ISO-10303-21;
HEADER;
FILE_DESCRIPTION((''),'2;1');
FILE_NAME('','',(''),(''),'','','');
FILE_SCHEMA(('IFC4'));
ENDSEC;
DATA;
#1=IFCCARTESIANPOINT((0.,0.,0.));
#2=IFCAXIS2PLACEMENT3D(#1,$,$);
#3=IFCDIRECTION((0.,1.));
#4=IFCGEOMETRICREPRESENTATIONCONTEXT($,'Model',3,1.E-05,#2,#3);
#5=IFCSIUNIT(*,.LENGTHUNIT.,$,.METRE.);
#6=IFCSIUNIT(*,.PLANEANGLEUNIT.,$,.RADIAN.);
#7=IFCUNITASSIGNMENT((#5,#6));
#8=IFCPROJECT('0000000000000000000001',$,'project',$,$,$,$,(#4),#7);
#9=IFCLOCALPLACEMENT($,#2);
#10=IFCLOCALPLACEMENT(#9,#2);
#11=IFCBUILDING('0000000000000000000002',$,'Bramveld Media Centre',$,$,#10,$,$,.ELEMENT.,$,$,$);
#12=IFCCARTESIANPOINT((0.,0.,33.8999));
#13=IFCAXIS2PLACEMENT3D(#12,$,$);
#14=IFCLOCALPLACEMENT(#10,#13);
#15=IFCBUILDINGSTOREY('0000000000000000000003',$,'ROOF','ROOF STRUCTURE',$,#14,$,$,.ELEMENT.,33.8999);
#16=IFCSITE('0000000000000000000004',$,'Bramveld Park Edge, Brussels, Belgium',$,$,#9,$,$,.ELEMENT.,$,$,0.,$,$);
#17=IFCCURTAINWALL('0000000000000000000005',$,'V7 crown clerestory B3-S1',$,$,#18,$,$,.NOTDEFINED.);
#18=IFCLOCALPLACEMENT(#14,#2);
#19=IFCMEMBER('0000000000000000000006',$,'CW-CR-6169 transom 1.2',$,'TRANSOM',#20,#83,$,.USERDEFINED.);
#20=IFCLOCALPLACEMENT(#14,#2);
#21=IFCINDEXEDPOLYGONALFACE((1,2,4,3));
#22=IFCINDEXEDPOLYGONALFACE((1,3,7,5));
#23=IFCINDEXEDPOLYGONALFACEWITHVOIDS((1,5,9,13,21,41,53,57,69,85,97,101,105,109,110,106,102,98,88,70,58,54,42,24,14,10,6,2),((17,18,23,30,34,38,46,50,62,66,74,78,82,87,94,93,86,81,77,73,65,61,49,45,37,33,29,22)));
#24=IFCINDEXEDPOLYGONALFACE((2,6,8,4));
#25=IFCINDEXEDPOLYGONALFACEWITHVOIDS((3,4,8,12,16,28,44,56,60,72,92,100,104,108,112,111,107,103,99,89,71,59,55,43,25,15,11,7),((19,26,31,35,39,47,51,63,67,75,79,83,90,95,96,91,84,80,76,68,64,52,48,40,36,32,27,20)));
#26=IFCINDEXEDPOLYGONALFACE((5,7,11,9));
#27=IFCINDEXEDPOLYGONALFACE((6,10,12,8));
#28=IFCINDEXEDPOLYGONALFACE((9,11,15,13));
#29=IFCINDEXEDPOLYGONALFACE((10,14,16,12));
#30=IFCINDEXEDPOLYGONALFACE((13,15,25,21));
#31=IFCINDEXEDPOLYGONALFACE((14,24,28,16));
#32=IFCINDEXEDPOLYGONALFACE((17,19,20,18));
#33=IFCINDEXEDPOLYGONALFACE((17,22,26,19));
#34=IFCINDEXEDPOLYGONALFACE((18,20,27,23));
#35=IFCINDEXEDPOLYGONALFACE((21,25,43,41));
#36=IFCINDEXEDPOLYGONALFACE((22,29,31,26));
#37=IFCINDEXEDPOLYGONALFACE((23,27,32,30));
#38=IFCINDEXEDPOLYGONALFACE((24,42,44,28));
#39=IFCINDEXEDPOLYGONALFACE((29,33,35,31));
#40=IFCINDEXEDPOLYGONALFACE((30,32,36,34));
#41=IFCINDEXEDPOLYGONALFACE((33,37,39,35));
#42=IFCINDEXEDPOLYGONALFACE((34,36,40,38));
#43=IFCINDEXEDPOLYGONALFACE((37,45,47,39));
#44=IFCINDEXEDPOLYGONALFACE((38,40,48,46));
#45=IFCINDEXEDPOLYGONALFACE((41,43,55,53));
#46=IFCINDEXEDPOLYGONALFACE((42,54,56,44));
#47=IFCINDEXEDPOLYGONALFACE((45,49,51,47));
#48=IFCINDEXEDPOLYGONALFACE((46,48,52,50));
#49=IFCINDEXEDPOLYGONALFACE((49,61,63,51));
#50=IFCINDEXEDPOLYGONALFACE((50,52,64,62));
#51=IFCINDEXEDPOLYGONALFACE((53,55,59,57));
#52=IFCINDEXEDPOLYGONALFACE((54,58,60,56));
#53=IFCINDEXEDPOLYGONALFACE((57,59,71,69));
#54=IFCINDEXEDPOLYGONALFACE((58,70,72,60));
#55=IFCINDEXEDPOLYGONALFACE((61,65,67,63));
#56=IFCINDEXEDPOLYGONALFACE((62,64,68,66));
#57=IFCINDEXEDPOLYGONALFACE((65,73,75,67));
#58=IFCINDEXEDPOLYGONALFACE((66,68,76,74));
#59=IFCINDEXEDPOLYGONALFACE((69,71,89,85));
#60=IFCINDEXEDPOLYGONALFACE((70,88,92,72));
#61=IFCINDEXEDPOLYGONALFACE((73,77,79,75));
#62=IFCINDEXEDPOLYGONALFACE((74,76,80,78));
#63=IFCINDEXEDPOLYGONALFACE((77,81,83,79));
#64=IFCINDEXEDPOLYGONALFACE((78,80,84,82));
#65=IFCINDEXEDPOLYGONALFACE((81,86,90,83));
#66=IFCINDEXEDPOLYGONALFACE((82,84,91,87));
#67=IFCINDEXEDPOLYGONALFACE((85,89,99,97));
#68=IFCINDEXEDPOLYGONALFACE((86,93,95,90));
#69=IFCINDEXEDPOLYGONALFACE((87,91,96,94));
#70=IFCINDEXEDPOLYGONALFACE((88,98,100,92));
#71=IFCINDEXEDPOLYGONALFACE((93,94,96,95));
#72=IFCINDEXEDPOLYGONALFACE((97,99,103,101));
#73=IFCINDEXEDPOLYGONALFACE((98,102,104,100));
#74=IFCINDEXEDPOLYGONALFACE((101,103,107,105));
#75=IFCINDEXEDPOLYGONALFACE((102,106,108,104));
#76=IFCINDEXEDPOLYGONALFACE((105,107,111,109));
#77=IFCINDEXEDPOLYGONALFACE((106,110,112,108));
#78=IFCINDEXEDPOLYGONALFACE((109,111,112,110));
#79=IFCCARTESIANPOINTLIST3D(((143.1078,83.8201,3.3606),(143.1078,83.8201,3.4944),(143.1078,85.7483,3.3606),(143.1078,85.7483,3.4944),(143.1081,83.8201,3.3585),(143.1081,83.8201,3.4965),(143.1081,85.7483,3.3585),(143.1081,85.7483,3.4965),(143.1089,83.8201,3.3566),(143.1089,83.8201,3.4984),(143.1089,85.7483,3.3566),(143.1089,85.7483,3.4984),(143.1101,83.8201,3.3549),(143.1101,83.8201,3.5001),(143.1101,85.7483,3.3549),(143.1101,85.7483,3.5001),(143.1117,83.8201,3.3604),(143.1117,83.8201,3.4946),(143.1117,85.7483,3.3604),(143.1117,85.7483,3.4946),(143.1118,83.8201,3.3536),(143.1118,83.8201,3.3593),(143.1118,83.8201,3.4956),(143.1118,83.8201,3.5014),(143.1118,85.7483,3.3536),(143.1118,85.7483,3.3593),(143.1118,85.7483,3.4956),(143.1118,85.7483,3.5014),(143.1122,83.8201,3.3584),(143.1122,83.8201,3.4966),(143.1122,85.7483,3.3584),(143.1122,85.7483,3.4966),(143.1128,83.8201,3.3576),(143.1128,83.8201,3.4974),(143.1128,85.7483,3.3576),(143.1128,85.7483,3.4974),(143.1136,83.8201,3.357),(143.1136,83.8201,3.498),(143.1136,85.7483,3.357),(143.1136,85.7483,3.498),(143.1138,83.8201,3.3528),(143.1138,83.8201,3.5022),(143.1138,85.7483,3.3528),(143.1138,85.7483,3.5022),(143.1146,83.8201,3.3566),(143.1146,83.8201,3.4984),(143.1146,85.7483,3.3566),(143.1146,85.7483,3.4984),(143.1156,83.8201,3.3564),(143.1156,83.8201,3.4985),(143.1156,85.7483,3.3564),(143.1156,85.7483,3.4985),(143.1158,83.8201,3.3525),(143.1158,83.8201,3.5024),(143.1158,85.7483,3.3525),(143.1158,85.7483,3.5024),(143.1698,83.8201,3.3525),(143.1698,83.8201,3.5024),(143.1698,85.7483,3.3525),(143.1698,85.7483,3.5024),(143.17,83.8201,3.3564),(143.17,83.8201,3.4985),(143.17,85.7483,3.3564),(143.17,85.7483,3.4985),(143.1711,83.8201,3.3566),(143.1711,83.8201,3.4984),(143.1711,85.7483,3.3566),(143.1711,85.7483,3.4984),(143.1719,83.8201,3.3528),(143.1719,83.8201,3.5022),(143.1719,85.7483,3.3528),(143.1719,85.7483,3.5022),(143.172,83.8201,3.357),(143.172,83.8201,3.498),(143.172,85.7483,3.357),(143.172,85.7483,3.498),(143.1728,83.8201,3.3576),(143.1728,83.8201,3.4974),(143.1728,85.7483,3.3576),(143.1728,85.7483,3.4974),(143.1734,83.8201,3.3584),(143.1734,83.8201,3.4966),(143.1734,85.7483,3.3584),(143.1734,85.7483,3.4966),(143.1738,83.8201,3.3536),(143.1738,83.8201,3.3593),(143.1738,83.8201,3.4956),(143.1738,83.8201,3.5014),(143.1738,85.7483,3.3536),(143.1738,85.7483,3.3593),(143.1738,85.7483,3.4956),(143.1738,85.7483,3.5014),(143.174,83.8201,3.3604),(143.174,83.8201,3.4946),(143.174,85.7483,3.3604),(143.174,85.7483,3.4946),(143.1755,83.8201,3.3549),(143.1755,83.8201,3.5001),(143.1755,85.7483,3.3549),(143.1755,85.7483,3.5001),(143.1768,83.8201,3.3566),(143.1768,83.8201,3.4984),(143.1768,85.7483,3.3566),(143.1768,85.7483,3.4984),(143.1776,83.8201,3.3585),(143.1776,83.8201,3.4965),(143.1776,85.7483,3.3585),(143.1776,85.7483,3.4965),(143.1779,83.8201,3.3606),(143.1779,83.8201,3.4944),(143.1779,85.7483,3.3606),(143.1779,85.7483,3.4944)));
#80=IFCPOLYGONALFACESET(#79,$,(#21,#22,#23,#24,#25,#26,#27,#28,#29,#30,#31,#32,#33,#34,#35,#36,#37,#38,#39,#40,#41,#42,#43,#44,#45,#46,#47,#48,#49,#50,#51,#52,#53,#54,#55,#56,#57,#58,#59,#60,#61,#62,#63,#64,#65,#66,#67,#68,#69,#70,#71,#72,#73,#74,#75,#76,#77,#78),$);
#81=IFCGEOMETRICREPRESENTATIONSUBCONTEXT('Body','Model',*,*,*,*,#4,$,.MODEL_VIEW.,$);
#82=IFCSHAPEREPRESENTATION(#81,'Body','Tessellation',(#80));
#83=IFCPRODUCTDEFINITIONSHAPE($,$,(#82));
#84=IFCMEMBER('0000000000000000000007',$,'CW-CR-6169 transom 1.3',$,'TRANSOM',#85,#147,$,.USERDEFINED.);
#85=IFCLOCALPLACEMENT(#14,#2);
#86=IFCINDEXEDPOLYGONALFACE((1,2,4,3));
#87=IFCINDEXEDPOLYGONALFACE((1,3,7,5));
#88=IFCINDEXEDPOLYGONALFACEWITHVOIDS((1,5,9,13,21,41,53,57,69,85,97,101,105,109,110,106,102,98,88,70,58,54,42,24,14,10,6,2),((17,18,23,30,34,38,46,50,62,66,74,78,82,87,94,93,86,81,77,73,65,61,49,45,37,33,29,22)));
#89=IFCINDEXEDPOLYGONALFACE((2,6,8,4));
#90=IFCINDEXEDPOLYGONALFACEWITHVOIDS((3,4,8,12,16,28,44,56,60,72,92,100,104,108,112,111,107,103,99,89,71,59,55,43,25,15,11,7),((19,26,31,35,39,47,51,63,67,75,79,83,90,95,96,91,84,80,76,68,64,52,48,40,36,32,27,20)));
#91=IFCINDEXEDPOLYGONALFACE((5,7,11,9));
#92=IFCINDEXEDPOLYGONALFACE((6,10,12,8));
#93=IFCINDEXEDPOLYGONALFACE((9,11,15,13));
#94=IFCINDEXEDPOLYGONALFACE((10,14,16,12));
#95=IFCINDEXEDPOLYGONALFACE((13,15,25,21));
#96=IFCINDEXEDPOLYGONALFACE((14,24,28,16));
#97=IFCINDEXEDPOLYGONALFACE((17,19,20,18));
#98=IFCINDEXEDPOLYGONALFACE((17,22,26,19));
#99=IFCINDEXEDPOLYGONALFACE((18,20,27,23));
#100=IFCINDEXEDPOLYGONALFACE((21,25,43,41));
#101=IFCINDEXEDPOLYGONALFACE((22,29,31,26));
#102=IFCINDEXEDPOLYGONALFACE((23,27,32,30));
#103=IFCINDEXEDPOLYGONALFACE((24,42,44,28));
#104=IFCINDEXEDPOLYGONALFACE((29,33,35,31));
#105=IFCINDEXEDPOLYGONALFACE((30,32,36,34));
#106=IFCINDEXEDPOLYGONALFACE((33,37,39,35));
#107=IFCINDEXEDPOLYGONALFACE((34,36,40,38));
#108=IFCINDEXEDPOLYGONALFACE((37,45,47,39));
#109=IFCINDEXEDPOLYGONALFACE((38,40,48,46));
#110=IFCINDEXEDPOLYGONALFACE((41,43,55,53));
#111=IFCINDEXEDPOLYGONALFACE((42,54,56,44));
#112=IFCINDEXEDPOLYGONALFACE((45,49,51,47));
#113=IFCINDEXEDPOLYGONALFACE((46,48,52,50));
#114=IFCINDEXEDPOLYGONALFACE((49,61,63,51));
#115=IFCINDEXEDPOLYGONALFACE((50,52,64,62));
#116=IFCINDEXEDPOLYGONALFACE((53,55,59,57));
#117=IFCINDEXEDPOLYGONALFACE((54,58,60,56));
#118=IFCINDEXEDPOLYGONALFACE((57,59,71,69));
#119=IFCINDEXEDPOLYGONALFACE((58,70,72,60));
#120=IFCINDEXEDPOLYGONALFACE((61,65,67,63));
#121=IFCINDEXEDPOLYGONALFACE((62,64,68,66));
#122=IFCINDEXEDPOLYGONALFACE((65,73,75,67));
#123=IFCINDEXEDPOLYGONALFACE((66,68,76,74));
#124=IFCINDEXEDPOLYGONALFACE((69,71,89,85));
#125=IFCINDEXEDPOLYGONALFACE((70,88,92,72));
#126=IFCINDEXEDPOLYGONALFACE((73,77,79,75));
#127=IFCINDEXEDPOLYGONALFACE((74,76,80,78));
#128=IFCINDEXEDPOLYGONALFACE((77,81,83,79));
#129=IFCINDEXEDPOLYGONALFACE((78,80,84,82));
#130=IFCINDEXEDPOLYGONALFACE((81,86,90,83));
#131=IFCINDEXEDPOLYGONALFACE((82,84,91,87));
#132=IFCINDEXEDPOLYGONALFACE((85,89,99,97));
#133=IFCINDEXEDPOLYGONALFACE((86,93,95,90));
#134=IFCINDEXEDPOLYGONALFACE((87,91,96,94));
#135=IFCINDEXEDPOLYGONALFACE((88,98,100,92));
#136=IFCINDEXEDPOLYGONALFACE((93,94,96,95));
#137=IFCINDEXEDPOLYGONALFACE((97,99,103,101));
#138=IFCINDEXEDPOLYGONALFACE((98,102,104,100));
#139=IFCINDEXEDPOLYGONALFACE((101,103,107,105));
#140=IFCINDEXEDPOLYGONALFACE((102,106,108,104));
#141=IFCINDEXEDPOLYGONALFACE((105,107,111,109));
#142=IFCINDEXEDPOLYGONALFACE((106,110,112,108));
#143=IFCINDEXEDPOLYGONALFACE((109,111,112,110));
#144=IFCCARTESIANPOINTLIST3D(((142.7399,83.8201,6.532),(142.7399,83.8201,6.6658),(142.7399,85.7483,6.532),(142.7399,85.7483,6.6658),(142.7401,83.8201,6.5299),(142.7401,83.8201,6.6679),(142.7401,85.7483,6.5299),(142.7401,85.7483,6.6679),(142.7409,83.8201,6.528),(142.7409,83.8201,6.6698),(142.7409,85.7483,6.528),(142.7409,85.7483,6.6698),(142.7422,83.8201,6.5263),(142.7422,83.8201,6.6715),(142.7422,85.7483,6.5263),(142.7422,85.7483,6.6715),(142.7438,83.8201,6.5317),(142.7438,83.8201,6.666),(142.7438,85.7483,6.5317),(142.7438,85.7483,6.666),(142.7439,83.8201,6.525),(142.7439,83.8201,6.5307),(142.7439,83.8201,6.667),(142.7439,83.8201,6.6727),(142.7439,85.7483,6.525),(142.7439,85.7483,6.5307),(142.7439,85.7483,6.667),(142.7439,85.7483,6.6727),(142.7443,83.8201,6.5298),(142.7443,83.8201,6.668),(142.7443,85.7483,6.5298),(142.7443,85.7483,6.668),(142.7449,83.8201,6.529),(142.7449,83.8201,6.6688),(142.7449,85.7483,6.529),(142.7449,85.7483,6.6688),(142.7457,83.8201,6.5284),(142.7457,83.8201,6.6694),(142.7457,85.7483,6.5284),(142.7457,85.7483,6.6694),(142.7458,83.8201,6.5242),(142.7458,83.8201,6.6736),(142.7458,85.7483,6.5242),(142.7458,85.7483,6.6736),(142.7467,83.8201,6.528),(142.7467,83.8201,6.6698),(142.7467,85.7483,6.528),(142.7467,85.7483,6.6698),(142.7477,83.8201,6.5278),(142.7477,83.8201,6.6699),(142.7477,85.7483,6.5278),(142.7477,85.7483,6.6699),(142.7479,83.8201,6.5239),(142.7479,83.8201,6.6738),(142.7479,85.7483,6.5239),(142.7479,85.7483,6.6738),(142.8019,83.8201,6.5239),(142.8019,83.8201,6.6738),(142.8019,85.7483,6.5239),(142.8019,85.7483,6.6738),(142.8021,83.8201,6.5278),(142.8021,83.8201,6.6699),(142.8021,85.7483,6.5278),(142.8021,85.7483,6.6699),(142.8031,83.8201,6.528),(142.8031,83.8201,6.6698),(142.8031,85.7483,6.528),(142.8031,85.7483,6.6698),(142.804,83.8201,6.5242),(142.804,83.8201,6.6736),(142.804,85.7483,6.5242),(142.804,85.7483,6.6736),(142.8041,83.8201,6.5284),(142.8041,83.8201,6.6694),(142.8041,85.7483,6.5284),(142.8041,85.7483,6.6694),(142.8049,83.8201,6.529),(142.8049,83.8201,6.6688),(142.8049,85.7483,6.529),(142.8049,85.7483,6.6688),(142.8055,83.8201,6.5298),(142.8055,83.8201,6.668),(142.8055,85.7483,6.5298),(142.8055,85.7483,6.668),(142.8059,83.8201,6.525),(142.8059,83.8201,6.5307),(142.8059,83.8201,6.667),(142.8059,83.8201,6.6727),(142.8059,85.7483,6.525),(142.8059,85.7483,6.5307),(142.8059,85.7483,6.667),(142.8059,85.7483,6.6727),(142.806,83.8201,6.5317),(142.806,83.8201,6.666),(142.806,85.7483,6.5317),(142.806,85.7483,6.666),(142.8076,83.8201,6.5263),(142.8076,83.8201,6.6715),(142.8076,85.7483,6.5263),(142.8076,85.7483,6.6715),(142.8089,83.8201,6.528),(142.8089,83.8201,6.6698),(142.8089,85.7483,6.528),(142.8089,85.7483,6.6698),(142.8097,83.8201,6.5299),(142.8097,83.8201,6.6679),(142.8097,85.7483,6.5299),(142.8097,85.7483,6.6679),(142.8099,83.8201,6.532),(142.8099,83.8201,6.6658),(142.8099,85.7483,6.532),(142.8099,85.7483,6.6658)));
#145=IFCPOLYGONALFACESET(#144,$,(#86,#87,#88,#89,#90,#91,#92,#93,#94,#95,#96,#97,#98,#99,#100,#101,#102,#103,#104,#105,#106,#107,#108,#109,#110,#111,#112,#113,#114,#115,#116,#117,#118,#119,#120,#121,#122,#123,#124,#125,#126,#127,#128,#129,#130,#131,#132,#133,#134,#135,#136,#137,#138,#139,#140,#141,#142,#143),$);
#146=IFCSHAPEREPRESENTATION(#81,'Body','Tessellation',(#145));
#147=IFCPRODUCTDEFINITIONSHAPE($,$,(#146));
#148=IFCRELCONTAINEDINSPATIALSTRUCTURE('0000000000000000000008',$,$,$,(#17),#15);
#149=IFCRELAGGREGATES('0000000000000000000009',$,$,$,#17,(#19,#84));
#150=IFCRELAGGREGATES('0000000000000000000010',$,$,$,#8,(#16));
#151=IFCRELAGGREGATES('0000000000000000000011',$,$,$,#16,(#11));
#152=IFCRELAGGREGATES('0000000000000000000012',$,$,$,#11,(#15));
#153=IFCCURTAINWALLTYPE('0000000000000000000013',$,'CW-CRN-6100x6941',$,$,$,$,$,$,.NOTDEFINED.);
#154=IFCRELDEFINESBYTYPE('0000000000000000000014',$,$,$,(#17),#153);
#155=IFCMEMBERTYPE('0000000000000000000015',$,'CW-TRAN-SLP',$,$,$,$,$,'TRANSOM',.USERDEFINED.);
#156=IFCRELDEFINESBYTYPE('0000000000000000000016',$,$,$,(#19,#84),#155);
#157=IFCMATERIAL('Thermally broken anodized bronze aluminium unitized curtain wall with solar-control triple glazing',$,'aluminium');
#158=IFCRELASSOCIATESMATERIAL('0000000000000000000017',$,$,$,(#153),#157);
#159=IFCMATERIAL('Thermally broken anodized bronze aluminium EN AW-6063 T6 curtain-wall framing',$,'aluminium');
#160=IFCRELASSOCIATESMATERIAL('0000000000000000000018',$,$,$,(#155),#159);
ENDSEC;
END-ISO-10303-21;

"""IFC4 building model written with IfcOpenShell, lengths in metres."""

from ifc_helpers import new_model, si_unit, direction, frame, origin, origin_2d, place, context, subcontext, project, spatial, hollow_rectangle, extrude, material, material_profile, profile_set, type_object, element, aggregate, save


model = new_model("IFC4")

# Units and contexts
model_context = context("Model", 3, precision=1e-05, world=origin(), true_north=direction((0.0, 1.0)))
body_context = subcontext(model_context, "Body", "Model", "MODEL_VIEW")
ifc_project = project(units=[si_unit("LENGTHUNIT", "METRE"), si_unit("PLANEANGLEUNIT", "RADIAN")], contexts=[model_context])

# Site, building, storey
site_placement = place(None, origin())
site = spatial("IfcSite", under=ifc_project, at=site_placement, Name="Bramveld Park Edge, Brussels, Belgium", CompositionType="ELEMENT", RefElevation=0.0)
building_placement = place(site_placement, origin())
building = spatial("IfcBuilding", under=site, at=building_placement, Name="Bramveld Media Centre", CompositionType="ELEMENT")
storey_placement = place(building_placement, frame((0.0, 0.0, 33.8999)))
storey = spatial("IfcBuildingStorey", under=building, at=storey_placement, Name="ROOF", Description="ROOF STRUCTURE", CompositionType="ELEMENT", Elevation=33.8999)

# Curtain wall, members
ifc_material_1 = material(Name="Thermally broken anodized bronze aluminium unitized curtain wall with solar-control triple glazing", Category="aluminium")
curtain_wall_type = type_object("IfcCurtainWallType", Name="CW-CRN-6100x6941", PredefinedType="NOTDEFINED", material=ifc_material_1)
ifc_material_2 = material(Name="Thermally broken anodized bronze aluminium EN AW-6063 T6 curtain-wall framing", Category="aluminium")
ifc_material_profile_1 = material_profile(ifc_material_2, hollow_rectangle(XDim=0.0701, YDim=0.1499, WallThickness=0.0039, InnerFilletRadius=0.0039, OuterFilletRadius=0.0081, at=origin_2d()), Name="AL-TRAN 70x150")
ifc_profile_set_1 = profile_set([ifc_material_profile_1], Name="Thermally broken anodized bronze aluminium EN AW-6063 T6 curtain-wall framing")
member_type_1 = type_object("IfcMemberType", Name="CW-TRAN-SLP", ElementType="TRANSOM", PredefinedType="USERDEFINED", material=ifc_profile_set_1)
curtain_wall_1_placement = place(storey_placement, origin())
curtain_wall_1 = element("IfcCurtainWall", 1, at=curtain_wall_1_placement, inside=storey, type_object=curtain_wall_type, Name="V7 crown clerestory B3-S1", PredefinedType="NOTDEFINED")
member_1_placement = place(storey_placement, frame((143.1428, 83.8201, 3.4275), z_axis=(0.0, 1.0, 0.0), x_axis=(-1.0, 0.0, 0.0)))
member_1 = element("IfcMember", 2, at=member_1_placement, type_object=member_type_1, Name="CW-CR-6169 transom 1.2", ObjectType="TRANSOM", PredefinedType="USERDEFINED", context=body_context, shape_type="SweptSolid", body=[
    extrude(hollow_rectangle(XDim=0.0701, YDim=0.1499, WallThickness=0.0039, InnerFilletRadius=0.0039, OuterFilletRadius=0.0081, at=origin_2d()), origin(), (0.0, 0.0, 1.0), 1.9282),
])
member_2_placement = place(storey_placement, frame((142.7749, 83.8201, 6.5989), z_axis=(0.0, 1.0, 0.0), x_axis=(-1.0, 0.0, 0.0)))
member_2 = element("IfcMember", 3, at=member_2_placement, type_object=member_type_1, Name="CW-CR-6169 transom 1.3", ObjectType="TRANSOM", PredefinedType="USERDEFINED", context=body_context, shape_type="SweptSolid", body=[
    extrude(hollow_rectangle(XDim=0.0701, YDim=0.1499, WallThickness=0.0039, InnerFilletRadius=0.0039, OuterFilletRadius=0.0081, at=origin_2d()), origin(), (0.0, 0.0, 1.0), 1.9282),
])

aggregate(curtain_wall_1, [member_1, member_2])

save(model, "model.ifc")
